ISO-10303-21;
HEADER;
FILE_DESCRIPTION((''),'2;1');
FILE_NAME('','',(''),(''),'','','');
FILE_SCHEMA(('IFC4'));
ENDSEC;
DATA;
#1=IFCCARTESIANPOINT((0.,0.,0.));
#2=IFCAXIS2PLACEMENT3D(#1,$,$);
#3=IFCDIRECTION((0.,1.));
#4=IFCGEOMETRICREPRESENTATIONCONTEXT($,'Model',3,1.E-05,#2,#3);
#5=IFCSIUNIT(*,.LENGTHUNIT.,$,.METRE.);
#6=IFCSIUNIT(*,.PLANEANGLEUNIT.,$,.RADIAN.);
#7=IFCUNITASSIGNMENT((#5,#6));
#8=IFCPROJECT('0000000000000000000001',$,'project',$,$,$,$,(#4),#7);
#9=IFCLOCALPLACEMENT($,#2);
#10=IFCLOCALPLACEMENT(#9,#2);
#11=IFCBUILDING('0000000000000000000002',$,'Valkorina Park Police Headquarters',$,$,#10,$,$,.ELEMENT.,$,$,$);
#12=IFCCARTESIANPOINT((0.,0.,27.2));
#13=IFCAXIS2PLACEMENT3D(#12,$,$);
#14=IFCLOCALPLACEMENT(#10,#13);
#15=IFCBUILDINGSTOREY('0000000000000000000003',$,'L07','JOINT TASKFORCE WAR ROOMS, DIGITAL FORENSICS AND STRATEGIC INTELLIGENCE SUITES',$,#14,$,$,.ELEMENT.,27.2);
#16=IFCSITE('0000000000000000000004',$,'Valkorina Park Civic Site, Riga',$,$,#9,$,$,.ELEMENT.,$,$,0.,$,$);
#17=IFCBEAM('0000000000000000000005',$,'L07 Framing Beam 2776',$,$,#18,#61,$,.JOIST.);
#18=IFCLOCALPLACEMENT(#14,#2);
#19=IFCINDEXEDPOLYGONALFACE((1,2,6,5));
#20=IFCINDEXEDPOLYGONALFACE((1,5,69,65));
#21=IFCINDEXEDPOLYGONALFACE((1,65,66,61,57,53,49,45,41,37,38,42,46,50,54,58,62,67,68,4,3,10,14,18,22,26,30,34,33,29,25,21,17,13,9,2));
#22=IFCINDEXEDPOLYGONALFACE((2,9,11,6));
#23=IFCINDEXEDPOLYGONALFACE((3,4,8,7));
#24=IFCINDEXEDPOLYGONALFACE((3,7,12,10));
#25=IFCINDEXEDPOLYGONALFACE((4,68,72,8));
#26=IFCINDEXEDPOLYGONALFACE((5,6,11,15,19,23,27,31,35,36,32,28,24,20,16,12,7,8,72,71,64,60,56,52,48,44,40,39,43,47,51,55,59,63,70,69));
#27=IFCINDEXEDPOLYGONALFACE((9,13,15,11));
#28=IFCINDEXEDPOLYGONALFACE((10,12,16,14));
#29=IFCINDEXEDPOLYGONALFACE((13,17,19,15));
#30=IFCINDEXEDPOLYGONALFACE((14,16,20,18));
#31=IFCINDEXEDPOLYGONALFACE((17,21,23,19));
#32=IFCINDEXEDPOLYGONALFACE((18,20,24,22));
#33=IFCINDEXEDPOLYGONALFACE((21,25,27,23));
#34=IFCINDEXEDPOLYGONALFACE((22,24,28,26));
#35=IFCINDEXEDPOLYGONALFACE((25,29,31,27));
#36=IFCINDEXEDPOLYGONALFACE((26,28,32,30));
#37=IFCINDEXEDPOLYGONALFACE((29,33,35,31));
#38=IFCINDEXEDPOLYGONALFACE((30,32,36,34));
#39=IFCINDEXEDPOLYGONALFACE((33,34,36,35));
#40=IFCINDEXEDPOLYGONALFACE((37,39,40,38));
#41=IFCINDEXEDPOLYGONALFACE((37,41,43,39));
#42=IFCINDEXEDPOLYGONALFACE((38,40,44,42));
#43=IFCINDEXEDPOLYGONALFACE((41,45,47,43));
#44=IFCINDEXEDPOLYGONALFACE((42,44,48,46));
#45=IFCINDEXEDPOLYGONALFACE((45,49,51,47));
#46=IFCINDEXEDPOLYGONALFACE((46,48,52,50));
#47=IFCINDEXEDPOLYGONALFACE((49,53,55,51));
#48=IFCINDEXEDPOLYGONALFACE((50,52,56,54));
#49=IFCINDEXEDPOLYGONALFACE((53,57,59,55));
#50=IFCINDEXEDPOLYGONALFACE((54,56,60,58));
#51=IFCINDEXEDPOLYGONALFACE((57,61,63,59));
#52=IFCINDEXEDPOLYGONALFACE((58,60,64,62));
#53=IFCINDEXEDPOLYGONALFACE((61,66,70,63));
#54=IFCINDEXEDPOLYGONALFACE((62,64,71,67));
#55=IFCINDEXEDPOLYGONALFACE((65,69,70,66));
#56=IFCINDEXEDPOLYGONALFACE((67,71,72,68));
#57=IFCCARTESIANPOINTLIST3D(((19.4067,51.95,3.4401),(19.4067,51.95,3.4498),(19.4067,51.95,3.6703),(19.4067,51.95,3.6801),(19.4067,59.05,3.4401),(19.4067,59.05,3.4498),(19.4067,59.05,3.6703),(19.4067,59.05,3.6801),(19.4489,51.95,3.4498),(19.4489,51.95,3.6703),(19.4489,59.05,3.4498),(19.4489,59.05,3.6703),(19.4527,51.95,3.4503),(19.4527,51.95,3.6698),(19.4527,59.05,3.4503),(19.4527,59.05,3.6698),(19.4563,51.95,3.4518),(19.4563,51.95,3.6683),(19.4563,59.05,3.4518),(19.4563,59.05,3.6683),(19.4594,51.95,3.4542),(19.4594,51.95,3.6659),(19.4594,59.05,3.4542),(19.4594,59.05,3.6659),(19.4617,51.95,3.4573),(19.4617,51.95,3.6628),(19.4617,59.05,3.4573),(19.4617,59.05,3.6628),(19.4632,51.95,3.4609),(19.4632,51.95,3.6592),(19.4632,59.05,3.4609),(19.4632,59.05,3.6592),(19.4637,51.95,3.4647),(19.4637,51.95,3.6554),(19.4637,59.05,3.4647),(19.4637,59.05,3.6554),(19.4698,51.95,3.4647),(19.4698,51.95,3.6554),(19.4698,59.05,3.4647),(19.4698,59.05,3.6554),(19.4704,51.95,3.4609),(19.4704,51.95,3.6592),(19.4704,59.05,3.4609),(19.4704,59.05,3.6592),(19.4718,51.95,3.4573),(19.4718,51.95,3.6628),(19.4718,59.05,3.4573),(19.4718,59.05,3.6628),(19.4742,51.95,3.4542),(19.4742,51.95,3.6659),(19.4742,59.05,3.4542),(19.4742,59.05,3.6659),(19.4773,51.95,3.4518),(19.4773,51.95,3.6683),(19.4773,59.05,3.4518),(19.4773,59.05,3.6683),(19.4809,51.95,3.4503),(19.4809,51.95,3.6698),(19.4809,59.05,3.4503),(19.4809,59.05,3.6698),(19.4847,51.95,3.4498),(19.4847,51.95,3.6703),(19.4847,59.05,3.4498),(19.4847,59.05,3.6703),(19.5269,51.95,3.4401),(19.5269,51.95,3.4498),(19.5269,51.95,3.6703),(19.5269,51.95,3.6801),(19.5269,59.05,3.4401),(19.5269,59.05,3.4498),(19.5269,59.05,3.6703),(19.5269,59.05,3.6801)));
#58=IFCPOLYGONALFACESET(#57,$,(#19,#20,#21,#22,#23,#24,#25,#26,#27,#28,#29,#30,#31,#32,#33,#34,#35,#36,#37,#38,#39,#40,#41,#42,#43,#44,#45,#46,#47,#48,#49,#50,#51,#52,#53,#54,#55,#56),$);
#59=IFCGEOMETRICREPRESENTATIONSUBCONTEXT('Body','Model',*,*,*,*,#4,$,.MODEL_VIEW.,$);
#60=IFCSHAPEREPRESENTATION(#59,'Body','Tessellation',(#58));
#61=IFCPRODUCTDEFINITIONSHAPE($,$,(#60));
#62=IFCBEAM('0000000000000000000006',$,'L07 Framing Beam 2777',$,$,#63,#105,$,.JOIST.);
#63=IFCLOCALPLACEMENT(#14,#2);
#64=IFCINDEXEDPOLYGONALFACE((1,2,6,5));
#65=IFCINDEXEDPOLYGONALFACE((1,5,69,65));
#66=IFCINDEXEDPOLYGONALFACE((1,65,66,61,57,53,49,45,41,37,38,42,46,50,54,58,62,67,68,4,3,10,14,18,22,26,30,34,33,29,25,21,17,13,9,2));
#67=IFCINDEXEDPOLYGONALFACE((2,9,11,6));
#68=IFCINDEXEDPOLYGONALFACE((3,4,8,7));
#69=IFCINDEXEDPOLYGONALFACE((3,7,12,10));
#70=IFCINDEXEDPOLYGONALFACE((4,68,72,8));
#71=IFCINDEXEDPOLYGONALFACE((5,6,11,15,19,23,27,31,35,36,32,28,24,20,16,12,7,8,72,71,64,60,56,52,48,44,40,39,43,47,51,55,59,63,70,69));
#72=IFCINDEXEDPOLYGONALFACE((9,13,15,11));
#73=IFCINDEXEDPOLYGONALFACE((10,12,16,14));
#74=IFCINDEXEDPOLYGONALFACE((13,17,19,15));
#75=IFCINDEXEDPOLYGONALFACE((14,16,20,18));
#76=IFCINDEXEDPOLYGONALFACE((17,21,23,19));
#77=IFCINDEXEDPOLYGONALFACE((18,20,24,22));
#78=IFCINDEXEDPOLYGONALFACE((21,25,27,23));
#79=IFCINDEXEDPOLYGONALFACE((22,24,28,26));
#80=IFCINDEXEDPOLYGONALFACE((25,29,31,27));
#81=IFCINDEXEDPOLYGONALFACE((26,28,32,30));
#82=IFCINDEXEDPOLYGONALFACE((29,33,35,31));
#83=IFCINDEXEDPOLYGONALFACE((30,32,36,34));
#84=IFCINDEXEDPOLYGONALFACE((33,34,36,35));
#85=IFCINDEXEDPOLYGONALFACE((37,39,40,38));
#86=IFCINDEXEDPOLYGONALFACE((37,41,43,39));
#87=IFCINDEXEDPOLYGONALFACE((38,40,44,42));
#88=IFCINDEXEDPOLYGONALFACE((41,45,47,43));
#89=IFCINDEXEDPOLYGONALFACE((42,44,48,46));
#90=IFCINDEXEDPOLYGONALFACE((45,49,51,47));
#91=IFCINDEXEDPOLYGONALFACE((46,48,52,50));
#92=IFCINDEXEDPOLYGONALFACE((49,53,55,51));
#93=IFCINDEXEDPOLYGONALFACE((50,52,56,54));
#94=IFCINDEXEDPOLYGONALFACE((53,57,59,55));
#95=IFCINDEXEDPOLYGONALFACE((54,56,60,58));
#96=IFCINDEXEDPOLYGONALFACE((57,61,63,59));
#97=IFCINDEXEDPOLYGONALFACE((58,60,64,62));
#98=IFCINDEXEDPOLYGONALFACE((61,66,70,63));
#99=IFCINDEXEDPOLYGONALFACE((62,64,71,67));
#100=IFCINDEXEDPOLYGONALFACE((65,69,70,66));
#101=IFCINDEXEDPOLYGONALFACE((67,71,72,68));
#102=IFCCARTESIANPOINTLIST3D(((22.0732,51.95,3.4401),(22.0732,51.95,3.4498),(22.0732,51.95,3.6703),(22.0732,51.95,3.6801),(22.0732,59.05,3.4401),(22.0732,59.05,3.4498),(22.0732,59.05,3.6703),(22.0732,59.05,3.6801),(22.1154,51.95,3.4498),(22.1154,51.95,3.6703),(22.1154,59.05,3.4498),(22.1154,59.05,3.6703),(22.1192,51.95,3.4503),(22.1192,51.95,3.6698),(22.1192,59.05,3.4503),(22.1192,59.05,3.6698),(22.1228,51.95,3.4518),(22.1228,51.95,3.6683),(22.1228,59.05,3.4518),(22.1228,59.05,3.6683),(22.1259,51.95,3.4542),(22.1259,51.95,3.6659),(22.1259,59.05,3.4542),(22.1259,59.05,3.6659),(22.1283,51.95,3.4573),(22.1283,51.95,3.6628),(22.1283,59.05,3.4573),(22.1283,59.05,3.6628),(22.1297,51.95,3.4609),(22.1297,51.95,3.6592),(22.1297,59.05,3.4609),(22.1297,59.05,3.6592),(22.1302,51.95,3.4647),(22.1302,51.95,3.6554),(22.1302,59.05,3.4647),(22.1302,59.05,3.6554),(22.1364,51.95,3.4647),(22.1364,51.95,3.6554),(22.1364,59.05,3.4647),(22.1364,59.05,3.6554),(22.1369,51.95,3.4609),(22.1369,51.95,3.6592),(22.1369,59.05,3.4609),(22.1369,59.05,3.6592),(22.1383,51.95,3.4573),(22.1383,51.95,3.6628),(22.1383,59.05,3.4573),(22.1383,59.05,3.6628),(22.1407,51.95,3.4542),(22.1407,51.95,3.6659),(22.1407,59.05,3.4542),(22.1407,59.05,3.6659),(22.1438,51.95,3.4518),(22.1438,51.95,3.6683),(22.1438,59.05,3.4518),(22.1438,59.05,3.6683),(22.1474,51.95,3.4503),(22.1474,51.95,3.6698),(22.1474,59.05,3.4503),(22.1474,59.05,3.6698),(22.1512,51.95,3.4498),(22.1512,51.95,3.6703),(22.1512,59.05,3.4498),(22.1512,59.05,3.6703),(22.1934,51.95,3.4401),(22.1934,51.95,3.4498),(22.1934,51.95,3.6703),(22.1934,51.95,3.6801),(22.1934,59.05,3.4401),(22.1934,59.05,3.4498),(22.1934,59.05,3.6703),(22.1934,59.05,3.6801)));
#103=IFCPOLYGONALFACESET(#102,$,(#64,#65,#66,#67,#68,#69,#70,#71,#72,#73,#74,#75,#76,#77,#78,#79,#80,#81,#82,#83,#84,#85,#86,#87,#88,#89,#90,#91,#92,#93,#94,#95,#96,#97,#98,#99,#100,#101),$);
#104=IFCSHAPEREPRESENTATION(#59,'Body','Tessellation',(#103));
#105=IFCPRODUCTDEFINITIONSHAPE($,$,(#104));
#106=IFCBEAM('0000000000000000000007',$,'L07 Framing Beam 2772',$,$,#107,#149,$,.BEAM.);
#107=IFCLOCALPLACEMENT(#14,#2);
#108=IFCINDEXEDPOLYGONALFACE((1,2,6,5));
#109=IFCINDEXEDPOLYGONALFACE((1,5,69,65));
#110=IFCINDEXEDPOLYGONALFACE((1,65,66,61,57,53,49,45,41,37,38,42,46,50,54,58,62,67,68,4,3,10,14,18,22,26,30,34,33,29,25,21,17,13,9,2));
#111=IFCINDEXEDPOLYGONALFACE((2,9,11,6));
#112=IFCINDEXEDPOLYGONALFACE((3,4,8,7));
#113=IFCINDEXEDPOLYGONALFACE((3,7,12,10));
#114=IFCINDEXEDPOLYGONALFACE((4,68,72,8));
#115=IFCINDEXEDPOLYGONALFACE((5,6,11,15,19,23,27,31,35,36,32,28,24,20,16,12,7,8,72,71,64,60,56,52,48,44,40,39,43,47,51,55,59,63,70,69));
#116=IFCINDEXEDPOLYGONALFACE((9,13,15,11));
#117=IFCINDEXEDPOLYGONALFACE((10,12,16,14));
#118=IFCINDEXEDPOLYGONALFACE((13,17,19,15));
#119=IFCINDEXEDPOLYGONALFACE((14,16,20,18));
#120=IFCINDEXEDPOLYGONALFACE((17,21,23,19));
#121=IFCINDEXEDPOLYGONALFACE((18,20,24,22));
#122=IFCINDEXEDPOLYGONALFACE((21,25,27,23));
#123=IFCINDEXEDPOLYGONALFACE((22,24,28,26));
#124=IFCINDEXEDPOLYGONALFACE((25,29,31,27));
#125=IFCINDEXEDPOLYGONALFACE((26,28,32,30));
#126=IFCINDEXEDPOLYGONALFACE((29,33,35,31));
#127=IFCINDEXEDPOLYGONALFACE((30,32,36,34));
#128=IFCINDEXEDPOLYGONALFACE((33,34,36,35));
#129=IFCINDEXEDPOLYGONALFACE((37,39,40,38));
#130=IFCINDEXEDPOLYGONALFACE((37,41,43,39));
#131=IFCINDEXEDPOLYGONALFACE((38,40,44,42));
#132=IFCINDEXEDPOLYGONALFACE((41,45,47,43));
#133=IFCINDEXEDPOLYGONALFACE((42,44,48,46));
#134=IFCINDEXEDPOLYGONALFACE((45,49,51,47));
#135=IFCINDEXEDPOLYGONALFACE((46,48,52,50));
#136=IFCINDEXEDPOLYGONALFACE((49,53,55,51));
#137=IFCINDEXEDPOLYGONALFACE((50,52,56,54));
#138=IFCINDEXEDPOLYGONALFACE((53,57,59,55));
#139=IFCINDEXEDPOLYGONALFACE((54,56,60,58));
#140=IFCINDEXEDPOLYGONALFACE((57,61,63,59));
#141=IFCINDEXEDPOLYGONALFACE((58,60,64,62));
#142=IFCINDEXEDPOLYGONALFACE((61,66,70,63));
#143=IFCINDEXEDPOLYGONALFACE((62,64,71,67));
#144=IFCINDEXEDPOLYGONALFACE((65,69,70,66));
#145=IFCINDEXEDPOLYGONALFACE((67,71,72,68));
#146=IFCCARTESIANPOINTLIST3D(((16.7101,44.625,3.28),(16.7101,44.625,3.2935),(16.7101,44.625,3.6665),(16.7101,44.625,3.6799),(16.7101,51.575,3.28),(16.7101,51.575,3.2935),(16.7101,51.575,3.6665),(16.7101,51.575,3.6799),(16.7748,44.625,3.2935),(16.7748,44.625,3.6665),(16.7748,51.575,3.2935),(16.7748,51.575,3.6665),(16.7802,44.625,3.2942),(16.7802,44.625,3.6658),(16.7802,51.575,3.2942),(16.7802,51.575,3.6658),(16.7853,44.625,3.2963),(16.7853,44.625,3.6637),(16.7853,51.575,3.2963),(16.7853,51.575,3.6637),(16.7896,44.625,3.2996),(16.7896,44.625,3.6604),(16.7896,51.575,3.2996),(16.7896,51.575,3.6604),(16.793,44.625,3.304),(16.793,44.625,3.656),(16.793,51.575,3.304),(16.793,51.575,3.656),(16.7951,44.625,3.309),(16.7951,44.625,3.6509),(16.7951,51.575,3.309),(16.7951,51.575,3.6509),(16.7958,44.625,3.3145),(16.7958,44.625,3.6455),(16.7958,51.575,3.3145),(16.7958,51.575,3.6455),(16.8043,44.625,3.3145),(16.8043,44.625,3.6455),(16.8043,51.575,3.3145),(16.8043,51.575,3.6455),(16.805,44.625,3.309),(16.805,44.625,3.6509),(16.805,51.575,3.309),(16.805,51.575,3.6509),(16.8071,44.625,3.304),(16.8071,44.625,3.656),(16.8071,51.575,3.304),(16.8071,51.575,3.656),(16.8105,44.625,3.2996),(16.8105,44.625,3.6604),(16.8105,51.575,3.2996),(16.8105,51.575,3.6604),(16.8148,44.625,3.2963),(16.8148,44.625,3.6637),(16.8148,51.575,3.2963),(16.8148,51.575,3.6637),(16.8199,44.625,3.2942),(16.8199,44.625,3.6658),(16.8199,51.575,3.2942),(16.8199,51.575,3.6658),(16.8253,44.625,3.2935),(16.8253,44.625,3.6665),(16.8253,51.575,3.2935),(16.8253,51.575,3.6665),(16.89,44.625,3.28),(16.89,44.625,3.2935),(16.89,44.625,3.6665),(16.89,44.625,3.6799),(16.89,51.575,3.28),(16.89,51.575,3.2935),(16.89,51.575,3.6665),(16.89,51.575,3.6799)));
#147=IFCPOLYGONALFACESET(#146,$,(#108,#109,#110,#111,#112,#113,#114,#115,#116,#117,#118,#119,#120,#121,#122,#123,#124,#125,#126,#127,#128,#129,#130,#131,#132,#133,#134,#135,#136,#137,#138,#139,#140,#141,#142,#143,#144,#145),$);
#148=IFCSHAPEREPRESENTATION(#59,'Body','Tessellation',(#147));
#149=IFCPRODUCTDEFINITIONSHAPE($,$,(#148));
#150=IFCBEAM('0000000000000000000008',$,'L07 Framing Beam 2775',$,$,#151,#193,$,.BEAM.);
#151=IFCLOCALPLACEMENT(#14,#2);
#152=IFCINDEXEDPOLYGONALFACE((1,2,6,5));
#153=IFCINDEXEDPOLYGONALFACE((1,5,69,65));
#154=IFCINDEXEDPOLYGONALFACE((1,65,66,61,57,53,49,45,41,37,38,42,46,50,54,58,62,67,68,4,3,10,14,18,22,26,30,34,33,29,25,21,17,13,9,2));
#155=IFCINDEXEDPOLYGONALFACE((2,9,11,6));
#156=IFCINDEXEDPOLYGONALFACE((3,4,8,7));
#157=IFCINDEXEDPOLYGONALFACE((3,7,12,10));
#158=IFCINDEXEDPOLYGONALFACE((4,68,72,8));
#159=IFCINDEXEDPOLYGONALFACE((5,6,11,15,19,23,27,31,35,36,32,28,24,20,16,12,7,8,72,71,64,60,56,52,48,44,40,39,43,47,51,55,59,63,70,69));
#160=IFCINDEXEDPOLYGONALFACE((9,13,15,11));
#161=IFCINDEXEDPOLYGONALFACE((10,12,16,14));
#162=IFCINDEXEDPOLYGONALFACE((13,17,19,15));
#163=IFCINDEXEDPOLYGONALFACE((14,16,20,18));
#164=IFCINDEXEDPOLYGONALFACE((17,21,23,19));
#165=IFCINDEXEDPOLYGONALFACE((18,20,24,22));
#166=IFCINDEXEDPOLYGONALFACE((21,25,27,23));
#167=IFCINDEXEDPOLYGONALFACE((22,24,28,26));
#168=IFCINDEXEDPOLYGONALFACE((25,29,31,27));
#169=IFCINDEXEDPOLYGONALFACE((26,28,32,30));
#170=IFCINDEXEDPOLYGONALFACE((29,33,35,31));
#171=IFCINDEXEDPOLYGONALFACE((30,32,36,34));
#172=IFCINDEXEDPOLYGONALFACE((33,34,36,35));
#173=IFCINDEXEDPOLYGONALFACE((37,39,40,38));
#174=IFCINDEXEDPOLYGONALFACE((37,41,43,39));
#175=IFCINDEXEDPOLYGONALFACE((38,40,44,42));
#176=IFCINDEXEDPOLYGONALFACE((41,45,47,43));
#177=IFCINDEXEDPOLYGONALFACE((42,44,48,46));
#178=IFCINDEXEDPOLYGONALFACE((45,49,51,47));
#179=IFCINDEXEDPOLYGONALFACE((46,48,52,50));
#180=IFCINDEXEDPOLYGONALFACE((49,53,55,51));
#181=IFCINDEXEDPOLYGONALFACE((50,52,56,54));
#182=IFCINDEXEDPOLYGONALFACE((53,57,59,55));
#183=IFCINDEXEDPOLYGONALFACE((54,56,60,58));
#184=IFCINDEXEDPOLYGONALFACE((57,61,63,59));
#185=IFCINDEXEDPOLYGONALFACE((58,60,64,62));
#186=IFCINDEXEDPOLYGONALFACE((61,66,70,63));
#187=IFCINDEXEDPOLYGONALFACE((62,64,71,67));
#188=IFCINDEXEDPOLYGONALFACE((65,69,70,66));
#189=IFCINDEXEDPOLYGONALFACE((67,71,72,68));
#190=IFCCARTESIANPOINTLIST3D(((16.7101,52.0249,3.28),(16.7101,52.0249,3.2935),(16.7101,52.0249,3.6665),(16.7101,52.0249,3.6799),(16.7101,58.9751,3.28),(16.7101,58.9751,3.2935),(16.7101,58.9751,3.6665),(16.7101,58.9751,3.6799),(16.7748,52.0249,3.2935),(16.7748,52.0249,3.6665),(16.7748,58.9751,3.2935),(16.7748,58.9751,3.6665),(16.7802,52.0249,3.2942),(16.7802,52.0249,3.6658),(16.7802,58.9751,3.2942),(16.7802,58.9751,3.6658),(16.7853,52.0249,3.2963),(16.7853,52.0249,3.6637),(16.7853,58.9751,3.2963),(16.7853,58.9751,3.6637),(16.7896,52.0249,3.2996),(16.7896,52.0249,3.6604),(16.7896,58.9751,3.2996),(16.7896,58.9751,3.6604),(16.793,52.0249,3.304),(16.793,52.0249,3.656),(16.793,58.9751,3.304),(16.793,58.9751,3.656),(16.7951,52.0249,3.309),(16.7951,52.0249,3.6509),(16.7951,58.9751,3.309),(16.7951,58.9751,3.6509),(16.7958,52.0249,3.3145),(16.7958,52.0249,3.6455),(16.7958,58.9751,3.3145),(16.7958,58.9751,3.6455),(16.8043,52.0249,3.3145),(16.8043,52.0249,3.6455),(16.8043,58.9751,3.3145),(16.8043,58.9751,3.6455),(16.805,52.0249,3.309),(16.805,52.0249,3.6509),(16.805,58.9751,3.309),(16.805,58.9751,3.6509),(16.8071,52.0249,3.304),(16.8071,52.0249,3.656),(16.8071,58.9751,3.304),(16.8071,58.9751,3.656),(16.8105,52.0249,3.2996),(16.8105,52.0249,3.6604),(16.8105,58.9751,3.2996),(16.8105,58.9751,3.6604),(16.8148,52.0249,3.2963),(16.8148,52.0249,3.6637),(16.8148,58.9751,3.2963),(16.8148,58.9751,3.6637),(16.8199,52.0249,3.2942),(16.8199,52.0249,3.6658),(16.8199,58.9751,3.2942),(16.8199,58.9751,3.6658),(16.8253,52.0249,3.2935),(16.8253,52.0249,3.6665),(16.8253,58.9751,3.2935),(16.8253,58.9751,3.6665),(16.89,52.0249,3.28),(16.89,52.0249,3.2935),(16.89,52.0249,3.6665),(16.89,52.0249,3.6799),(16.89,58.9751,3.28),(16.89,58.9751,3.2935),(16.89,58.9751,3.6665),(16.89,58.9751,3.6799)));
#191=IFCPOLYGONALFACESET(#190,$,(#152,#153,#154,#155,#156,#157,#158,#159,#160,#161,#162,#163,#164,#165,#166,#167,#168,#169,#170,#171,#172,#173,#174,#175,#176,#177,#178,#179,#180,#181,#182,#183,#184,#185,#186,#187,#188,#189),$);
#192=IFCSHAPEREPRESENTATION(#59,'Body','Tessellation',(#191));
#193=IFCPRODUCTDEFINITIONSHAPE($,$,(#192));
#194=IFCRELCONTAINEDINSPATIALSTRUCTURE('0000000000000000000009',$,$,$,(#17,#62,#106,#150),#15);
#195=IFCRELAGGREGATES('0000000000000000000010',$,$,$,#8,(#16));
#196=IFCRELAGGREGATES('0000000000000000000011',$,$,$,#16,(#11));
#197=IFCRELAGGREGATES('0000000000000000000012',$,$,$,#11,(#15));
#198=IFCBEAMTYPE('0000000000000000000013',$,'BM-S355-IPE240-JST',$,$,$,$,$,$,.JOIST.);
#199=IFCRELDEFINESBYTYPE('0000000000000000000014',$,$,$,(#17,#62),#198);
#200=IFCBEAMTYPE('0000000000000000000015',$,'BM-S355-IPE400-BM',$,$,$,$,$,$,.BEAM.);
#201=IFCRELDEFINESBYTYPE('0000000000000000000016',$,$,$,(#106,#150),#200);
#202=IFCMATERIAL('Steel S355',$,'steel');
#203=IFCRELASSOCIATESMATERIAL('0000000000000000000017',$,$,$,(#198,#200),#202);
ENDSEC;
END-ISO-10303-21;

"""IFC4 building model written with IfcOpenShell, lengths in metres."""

from ifc_helpers import new_model, si_unit, direction, frame, origin, origin_2d, place, context, subcontext, project, spatial, i_section, extrude, material, material_profile, profile_set, type_object, element, save


model = new_model("IFC4")

# Units and contexts
model_context = context("Model", 3, precision=1e-05, world=origin(), true_north=direction((0.0, 1.0)))
body_context = subcontext(model_context, "Body", "Model", "MODEL_VIEW")
ifc_project = project(units=[si_unit("LENGTHUNIT", "METRE"), si_unit("PLANEANGLEUNIT", "RADIAN")], contexts=[model_context])

# Site, building, storey
site_placement = place(None, origin())
site = spatial("IfcSite", under=ifc_project, at=site_placement, Name="Valkorina Park Civic Site, Riga", CompositionType="ELEMENT", RefElevation=0.0)
building_placement = place(site_placement, origin())
building = spatial("IfcBuilding", under=site, at=building_placement, Name="Valkorina Park Police Headquarters", CompositionType="ELEMENT")
storey_placement = place(building_placement, frame((0.0, 0.0, 27.2)))
storey = spatial("IfcBuildingStorey", under=building, at=storey_placement, Name="L07", Description="JOINT TASKFORCE WAR ROOMS, DIGITAL FORENSICS AND STRATEGIC INTELLIGENCE SUITES", CompositionType="ELEMENT", Elevation=27.2)

# Shared definitions
ifc_material_1 = material(Name="Steel S355", Category="steel")

# Beams
ifc_material_profile_1 = material_profile(ifc_material_1, i_section(OverallWidth=0.1201, OverallDepth=0.24, WebThickness=0.0061, FlangeThickness=0.0098, FilletRadius=0.0149, at=origin_2d()), Name="IPE 240")
ifc_profile_set_1 = profile_set([ifc_material_profile_1], Name="Steel S355")
beam_type_1 = type_object("IfcBeamType", Name="BM-S355-IPE240-JST", PredefinedType="JOIST", material=ifc_profile_set_1)
for number, where, z_axis, x_axis, name in (
    (1, (19.4668, 51.95, 3.5601), (0.0, 1.0, 0.0), (-1.0, 0.0, 0.0), "L07 Framing Beam 2776"),
    (2, (22.1333, 51.95, 3.5601), (0.0, 1.0, 0.0), (-1.0, 0.0, 0.0), "L07 Framing Beam 2777"),
):
    element("IfcBeam", number, at=place(storey_placement, frame(where, z_axis=z_axis, x_axis=x_axis)), inside=storey, type_object=beam_type_1, Name=name, PredefinedType="JOIST", context=body_context, shape_type="SweptSolid", body=[
        extrude(i_section(OverallWidth=0.1201, OverallDepth=0.24, WebThickness=0.0061, FlangeThickness=0.0098, FilletRadius=0.0149, at=origin_2d()), origin(), (0.0, 0.0, 1.0), 7.1001),
    ])
ifc_material_profile_2 = material_profile(ifc_material_1, i_section(OverallWidth=0.1799, OverallDepth=0.3999, WebThickness=0.0085, FlangeThickness=0.0134, FilletRadius=0.021, at=origin_2d()), Name="IPE 400")
ifc_profile_set_2 = profile_set([ifc_material_profile_2], Name="Steel S355")
beam_type_2 = type_object("IfcBeamType", Name="BM-S355-IPE400-BM", PredefinedType="BEAM", material=ifc_profile_set_2)
beam_1_placement = place(storey_placement, frame((16.8, 44.625, 3.48), z_axis=(0.0, 1.0, 0.0), x_axis=(-1.0, 0.0, 0.0)))
element("IfcBeam", 3, at=beam_1_placement, inside=storey, type_object=beam_type_2, Name="L07 Framing Beam 2772", PredefinedType="BEAM", context=body_context, shape_type="SweptSolid", body=[
    extrude(i_section(OverallWidth=0.1799, OverallDepth=0.3999, WebThickness=0.0085, FlangeThickness=0.0134, FilletRadius=0.021, at=origin_2d()), origin(), (0.0, 0.0, 1.0), 6.95),
])
beam_2_placement = place(storey_placement, frame((16.8, 52.0249, 3.48), z_axis=(0.0, 1.0, 0.0), x_axis=(-1.0, 0.0, 0.0)))
element("IfcBeam", 4, at=beam_2_placement, inside=storey, type_object=beam_type_2, Name="L07 Framing Beam 2775", PredefinedType="BEAM", context=body_context, shape_type="SweptSolid", body=[
    extrude(i_section(OverallWidth=0.1799, OverallDepth=0.3999, WebThickness=0.0085, FlangeThickness=0.0134, FilletRadius=0.021, at=origin_2d()), origin(), (0.0, 0.0, 1.0), 6.9502),
])

save(model, "model.ifc")
